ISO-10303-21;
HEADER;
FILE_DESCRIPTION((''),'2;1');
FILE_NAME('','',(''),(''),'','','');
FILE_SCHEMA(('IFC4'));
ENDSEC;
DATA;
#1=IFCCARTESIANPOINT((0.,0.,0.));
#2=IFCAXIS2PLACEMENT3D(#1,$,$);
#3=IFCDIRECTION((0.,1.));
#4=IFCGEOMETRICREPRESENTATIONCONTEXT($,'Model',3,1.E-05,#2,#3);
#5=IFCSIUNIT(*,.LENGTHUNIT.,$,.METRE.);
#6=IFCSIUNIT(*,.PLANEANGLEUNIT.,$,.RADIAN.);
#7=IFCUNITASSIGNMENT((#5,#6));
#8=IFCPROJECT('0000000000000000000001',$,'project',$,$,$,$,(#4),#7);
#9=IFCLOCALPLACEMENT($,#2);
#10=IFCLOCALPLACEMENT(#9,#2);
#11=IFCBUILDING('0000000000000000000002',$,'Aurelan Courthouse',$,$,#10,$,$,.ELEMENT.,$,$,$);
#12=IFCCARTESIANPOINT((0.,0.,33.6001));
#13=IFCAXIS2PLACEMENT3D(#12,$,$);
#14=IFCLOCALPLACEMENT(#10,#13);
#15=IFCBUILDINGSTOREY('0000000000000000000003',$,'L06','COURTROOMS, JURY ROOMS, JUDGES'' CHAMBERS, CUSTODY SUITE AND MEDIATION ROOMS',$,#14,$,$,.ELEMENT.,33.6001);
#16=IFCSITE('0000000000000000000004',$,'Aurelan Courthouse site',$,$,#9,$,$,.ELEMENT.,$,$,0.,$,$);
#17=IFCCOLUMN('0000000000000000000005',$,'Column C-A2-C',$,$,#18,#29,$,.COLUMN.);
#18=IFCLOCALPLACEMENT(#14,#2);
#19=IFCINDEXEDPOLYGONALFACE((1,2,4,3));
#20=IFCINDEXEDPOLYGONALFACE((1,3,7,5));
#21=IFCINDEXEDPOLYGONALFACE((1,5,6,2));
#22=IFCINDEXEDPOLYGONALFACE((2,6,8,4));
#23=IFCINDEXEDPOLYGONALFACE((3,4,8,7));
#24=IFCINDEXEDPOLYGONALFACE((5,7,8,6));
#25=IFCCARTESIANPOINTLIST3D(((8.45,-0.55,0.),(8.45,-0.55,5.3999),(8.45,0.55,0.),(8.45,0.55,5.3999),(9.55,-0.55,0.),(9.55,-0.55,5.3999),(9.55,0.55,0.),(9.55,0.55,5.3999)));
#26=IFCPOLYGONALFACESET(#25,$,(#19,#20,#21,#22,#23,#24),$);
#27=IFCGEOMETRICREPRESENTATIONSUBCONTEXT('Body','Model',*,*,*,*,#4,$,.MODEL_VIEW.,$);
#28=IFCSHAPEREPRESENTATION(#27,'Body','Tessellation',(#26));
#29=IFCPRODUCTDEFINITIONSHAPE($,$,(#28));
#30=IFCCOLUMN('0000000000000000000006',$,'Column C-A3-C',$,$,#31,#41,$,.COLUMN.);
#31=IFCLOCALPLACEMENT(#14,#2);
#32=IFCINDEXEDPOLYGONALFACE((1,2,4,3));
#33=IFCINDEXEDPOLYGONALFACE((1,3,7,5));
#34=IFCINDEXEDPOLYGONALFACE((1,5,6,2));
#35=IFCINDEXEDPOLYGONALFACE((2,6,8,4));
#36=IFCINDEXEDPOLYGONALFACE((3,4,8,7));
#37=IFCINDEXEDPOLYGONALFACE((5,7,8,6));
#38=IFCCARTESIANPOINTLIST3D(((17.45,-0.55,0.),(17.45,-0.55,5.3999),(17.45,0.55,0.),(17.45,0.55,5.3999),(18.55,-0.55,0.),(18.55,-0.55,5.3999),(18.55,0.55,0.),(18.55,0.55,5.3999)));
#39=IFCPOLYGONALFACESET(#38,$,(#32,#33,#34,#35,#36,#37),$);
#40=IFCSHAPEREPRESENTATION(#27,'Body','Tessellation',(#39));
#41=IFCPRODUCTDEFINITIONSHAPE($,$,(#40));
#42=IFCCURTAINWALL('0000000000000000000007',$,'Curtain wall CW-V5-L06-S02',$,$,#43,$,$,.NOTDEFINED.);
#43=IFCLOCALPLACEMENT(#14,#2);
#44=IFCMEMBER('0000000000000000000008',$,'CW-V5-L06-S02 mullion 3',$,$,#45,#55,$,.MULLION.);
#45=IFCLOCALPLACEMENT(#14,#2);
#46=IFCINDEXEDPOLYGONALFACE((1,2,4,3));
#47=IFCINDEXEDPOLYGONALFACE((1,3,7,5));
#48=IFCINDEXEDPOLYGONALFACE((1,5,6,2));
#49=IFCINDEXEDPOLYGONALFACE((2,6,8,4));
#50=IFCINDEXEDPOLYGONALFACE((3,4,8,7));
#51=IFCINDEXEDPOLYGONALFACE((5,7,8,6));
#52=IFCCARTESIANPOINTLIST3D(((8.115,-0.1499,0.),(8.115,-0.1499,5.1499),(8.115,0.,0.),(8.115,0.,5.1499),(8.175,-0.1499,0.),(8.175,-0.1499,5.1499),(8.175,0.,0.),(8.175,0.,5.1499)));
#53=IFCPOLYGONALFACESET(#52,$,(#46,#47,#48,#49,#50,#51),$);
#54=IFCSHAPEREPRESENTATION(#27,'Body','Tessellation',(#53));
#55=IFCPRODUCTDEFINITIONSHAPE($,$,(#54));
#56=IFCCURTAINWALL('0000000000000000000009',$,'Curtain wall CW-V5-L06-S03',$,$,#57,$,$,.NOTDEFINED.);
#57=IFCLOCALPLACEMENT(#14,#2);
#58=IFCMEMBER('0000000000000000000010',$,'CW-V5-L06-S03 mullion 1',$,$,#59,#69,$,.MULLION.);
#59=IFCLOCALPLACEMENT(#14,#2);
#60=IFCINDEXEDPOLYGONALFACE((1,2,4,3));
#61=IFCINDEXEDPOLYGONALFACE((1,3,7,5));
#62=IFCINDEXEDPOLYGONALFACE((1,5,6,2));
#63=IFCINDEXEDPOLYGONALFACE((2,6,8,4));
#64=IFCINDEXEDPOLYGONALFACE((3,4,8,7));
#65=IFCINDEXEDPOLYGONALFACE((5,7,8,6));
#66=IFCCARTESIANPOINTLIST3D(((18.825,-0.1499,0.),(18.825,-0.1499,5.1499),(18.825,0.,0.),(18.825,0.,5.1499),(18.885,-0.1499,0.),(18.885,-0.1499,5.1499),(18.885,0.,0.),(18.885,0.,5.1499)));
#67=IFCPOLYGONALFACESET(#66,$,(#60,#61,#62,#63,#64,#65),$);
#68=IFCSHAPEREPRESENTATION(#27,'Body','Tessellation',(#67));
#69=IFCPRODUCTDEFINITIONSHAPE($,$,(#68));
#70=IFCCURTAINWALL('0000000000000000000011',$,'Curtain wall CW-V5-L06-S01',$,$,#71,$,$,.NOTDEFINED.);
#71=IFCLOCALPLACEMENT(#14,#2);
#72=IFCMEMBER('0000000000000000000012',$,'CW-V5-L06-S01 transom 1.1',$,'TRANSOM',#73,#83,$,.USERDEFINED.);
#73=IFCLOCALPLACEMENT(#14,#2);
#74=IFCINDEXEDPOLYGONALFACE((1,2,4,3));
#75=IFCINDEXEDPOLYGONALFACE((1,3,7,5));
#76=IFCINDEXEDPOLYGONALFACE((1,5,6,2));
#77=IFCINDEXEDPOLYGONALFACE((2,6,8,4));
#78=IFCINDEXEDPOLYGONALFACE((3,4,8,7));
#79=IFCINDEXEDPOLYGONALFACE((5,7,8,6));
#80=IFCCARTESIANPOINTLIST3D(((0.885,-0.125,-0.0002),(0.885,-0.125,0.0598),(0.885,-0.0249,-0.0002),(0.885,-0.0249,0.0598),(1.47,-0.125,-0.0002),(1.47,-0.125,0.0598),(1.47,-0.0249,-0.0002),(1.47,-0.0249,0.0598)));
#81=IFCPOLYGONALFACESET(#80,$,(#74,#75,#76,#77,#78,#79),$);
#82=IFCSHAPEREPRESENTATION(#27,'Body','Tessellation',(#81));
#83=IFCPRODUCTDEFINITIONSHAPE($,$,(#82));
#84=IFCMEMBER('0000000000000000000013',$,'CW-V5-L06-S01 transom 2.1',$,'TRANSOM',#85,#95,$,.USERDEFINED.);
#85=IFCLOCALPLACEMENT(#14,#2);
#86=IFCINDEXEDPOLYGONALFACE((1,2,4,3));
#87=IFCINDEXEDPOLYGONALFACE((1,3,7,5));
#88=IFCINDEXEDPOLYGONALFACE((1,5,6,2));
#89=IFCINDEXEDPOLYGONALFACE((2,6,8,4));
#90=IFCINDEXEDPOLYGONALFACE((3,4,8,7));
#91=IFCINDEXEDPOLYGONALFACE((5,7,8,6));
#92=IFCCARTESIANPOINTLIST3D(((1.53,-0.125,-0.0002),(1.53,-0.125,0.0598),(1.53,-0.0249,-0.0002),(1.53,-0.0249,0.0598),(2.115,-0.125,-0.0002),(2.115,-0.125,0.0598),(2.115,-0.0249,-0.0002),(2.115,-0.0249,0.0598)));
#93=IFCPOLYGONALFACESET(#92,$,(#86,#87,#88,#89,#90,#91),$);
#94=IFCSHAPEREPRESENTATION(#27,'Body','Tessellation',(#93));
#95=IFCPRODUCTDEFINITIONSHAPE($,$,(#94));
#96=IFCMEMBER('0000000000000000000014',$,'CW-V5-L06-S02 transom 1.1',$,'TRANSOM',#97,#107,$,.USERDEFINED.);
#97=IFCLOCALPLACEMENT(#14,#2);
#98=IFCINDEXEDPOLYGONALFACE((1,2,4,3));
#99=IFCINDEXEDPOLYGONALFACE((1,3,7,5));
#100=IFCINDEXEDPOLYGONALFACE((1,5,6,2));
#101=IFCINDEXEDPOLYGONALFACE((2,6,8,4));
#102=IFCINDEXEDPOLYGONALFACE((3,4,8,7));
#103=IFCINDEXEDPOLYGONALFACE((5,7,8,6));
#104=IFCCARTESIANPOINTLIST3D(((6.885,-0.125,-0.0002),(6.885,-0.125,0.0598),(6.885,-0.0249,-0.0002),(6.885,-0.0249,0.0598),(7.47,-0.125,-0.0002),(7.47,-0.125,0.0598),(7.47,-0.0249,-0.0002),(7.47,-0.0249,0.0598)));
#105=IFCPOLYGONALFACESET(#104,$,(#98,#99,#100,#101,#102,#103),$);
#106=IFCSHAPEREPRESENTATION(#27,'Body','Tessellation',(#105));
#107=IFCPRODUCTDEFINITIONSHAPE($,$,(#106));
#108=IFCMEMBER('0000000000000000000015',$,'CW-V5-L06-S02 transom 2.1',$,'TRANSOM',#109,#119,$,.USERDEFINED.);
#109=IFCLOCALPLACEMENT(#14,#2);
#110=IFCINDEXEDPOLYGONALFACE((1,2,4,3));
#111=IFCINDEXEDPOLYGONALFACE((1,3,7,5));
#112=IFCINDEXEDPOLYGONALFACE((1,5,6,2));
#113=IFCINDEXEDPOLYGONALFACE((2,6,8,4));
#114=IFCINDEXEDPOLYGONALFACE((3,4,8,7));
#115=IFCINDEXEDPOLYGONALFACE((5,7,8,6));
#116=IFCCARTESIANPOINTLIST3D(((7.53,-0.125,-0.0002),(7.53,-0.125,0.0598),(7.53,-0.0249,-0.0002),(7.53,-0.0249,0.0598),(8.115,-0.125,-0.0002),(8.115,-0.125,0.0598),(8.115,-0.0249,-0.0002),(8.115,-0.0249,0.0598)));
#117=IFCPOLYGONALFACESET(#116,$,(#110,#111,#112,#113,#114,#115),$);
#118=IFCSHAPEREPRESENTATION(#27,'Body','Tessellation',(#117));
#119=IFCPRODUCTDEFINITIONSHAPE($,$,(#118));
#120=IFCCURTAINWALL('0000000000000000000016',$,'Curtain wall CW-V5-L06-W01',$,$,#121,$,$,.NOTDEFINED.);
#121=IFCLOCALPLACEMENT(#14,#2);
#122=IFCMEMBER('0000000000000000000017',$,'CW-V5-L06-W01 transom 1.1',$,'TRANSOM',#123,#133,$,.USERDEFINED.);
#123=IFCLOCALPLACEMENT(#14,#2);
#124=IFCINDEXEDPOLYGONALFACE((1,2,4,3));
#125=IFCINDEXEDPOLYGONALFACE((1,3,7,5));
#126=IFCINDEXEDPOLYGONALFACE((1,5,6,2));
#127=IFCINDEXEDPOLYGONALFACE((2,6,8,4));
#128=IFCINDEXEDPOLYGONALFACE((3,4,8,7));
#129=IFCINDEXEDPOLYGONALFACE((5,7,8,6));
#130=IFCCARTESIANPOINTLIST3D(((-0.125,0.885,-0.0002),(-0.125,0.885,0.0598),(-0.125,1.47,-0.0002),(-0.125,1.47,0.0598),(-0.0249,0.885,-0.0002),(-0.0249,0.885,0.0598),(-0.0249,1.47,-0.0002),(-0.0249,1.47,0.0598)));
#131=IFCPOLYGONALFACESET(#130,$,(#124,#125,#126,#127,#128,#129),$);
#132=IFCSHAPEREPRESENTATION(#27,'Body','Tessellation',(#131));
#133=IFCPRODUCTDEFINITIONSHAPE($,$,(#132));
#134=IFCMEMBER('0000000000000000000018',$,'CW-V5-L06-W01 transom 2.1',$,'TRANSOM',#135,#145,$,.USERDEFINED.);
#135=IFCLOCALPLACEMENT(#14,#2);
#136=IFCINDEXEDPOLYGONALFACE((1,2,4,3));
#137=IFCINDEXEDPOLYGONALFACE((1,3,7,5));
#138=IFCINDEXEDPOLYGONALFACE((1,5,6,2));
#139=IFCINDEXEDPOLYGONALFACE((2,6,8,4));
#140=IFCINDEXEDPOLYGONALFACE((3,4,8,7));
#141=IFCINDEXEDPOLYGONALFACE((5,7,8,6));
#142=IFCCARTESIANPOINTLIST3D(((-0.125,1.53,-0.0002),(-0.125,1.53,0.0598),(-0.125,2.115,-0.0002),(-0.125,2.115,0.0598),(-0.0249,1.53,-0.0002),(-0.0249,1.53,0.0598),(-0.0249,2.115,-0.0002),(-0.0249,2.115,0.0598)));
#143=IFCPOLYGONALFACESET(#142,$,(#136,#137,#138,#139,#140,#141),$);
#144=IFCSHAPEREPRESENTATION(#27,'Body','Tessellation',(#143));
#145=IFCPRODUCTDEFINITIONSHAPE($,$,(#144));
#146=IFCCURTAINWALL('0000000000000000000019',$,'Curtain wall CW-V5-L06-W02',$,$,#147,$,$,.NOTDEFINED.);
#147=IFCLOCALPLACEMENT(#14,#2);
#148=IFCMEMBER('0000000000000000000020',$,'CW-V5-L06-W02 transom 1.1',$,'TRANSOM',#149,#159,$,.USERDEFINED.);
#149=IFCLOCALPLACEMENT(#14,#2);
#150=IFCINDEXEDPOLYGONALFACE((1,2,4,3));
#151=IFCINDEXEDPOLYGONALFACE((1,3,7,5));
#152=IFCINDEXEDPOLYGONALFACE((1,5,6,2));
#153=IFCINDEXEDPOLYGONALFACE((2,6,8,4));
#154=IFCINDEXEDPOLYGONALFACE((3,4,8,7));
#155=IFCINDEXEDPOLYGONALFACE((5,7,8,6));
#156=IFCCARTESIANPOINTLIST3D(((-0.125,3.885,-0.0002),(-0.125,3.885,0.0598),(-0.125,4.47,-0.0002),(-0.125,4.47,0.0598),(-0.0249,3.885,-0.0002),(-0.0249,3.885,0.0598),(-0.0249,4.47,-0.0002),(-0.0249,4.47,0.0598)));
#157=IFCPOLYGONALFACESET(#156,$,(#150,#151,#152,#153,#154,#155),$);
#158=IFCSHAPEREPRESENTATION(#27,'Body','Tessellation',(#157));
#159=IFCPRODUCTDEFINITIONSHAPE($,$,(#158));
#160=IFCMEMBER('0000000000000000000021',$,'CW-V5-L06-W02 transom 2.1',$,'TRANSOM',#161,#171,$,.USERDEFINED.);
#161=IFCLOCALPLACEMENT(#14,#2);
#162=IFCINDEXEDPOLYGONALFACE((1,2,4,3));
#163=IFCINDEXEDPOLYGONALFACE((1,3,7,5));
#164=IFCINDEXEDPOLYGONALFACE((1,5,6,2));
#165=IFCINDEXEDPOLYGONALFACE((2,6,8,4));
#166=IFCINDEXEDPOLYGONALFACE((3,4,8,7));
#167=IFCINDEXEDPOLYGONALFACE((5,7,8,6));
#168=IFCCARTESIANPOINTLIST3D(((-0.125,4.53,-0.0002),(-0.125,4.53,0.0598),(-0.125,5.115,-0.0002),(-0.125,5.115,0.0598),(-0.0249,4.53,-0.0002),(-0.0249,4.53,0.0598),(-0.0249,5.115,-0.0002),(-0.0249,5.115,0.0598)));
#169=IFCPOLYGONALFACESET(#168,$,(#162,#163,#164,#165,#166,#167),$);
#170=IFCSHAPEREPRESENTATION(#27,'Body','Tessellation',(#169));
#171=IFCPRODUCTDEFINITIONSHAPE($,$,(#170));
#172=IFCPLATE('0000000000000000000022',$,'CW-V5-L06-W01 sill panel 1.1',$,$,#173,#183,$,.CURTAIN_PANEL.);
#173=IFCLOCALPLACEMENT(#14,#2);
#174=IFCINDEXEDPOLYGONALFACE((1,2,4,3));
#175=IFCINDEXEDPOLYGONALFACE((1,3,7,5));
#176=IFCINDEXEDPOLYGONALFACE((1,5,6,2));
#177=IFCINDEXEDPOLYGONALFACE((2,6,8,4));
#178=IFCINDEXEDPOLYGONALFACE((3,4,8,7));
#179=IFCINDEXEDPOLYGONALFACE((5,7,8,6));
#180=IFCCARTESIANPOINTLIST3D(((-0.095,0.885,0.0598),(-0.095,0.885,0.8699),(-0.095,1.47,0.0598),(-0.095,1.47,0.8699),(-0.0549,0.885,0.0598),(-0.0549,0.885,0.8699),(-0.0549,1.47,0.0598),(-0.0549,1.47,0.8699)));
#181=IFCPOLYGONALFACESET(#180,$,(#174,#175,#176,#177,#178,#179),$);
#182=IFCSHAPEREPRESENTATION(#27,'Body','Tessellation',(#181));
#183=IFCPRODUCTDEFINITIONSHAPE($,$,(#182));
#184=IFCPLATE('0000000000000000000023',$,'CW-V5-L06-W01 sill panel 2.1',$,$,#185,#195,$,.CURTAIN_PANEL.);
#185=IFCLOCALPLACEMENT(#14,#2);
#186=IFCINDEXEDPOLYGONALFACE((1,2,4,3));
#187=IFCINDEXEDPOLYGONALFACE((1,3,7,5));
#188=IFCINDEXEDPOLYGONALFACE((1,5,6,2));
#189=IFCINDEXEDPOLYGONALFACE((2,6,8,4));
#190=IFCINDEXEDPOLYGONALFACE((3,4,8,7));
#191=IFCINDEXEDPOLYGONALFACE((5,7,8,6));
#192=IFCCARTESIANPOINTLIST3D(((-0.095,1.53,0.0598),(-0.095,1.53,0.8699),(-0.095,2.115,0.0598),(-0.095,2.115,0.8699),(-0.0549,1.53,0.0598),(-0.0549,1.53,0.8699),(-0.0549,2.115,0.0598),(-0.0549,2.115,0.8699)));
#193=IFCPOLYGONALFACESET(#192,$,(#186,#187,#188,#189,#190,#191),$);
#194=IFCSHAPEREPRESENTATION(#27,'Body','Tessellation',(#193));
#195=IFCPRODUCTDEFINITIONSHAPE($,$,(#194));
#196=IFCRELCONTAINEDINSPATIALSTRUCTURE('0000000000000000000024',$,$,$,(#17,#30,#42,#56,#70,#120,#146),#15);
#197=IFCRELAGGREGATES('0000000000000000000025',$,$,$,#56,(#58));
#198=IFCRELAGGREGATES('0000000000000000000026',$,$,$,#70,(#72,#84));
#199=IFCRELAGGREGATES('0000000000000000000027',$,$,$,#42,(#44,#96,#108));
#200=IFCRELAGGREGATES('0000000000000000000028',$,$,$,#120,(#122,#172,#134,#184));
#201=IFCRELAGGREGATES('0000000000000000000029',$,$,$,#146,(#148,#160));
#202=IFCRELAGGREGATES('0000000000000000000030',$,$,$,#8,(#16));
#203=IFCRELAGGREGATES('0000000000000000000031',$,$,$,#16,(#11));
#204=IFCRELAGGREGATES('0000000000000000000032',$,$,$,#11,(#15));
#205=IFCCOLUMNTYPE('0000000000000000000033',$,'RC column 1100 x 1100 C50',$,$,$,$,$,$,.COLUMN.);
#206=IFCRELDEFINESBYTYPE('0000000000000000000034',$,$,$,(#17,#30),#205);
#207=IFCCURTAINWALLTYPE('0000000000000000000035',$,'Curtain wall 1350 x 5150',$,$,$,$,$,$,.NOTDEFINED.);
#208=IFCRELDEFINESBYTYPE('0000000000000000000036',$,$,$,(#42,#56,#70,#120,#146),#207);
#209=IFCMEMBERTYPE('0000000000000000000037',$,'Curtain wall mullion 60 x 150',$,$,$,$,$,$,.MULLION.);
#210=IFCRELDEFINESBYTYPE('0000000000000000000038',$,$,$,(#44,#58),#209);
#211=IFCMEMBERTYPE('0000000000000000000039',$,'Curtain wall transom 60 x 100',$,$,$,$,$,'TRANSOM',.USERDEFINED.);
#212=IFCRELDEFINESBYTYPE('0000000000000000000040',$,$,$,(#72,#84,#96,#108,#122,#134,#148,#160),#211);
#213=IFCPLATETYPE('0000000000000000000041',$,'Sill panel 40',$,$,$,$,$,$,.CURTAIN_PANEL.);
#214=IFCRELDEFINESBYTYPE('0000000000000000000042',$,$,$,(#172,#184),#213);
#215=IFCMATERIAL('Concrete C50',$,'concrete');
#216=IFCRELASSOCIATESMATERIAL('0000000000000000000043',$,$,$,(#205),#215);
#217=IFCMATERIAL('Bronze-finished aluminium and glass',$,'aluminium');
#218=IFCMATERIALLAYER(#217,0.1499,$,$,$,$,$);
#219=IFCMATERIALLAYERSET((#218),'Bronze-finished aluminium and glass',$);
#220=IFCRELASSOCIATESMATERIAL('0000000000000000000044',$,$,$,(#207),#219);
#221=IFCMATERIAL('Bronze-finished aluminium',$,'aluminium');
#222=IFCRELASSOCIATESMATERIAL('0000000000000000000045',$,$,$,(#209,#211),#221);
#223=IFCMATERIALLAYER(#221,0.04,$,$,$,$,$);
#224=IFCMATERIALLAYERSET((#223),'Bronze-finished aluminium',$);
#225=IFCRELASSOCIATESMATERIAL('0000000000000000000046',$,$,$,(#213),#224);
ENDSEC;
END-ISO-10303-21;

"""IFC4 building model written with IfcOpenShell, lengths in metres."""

from ifc_helpers import new_model, si_unit, direction, frame, origin, origin_2d, place, context, subcontext, project, spatial, rectangle, extrude, material, layer, layer_set, material_profile, profile_set, type_object, element, aggregate, save


model = new_model("IFC4")

# Units and contexts
model_context = context("Model", 3, precision=1e-05, world=origin(), true_north=direction((0.0, 1.0)))
body_context = subcontext(model_context, "Body", "Model", "MODEL_VIEW")
ifc_project = project(units=[si_unit("LENGTHUNIT", "METRE"), si_unit("PLANEANGLEUNIT", "RADIAN")], contexts=[model_context])

# Site, building, storey
site_placement = place(None, origin())
site = spatial("IfcSite", under=ifc_project, at=site_placement, Name="Aurelan Courthouse site", CompositionType="ELEMENT", RefElevation=0.0)
building_placement = place(site_placement, origin())
building = spatial("IfcBuilding", under=site, at=building_placement, Name="Aurelan Courthouse", CompositionType="ELEMENT")
storey_placement = place(building_placement, frame((0.0, 0.0, 33.6001)))
storey = spatial("IfcBuildingStorey", under=building, at=storey_placement, Name="L06", Description="COURTROOMS, JURY ROOMS, JUDGES' CHAMBERS, CUSTODY SUITE AND MEDIATION ROOMS", CompositionType="ELEMENT", Elevation=33.6001)

# Columns
ifc_material_1 = material(Name="Concrete C50", Category="concrete")
ifc_material_profile_1 = material_profile(ifc_material_1, rectangle(XDim=1.1001, YDim=1.1001, at=origin_2d()), Name="RC 1100 x 1100")
ifc_profile_set_1 = profile_set([ifc_material_profile_1], Name="Concrete C50")
column_type = type_object("IfcColumnType", Name="RC column 1100 x 1100 C50", PredefinedType="COLUMN", material=ifc_profile_set_1)
for number, where, z_axis, x_axis, name in (
    (1, (9.0, 0.0, 0.0), (0.0, 0.0, 1.0), (1.0, 0.0, 0.0), "Column C-A2-C"),
    (2, (18.0, 0.0, 0.0), (0.0, 0.0, 1.0), (1.0, 0.0, 0.0), "Column C-A3-C"),
):
    element("IfcColumn", number, at=place(storey_placement, frame(where, z_axis=z_axis, x_axis=x_axis)), inside=storey, type_object=column_type, Name=name, PredefinedType="COLUMN", context=body_context, shape_type="SweptSolid", body=[
        extrude(rectangle(XDim=1.1001, YDim=1.1001, at=origin_2d()), origin(), (0.0, 0.0, 1.0), 5.3999),
    ])

# Curtain walls, members
ifc_material_2 = material(Name="Bronze-finished aluminium and glass", Category="aluminium")
ifc_layer_1 = layer(ifc_material_2, 0.1499)
ifc_layer_set_1 = layer_set([ifc_layer_1], Name="Bronze-finished aluminium and glass")
curtain_wall_type = type_object("IfcCurtainWallType", Name="Curtain wall 1350 x 5150", PredefinedType="NOTDEFINED", material=ifc_layer_set_1)
curtain_wall_1_placement = place(storey_placement, origin())
curtain_wall_1 = element("IfcCurtainWall", 3, at=curtain_wall_1_placement, inside=storey, type_object=curtain_wall_type, Name="Curtain wall CW-V5-L06-S02", PredefinedType="NOTDEFINED")
ifc_material_3 = material(Name="Bronze-finished aluminium", Category="aluminium")
ifc_material_profile_2 = material_profile(ifc_material_3, rectangle(XDim=0.1499, YDim=0.0601, at=origin_2d()), Name="Bronze mullion 60 x 150")
ifc_profile_set_2 = profile_set([ifc_material_profile_2], Name="Bronze-finished aluminium")
member_type_1 = type_object("IfcMemberType", Name="Curtain wall mullion 60 x 150", PredefinedType="MULLION", material=ifc_profile_set_2)
member_1_placement = place(storey_placement, frame((8.145, -0.075, 0.0), z_axis=(0.0, 0.0, 1.0), x_axis=(0.0, 1.0, 0.0)))
member_1 = element("IfcMember", 4, at=member_1_placement, type_object=member_type_1, Name="CW-V5-L06-S02 mullion 3", PredefinedType="MULLION", context=body_context, shape_type="SweptSolid", body=[
    extrude(rectangle(XDim=0.1499, YDim=0.0601, at=origin_2d()), origin(), (0.0, 0.0, 1.0), 5.1499),
])
curtain_wall_2_placement = place(storey_placement, origin())
curtain_wall_2 = element("IfcCurtainWall", 5, at=curtain_wall_2_placement, inside=storey, type_object=curtain_wall_type, Name="Curtain wall CW-V5-L06-S03", PredefinedType="NOTDEFINED")
member_2_placement = place(storey_placement, frame((18.855, -0.075, 0.0), z_axis=(0.0, 0.0, 1.0), x_axis=(0.0, 1.0, 0.0)))
member_2 = element("IfcMember", 6, at=member_2_placement, type_object=member_type_1, Name="CW-V5-L06-S03 mullion 1", PredefinedType="MULLION", context=body_context, shape_type="SweptSolid", body=[
    extrude(rectangle(XDim=0.1499, YDim=0.0601, at=origin_2d()), origin(), (0.0, 0.0, 1.0), 5.1499),
])
aggregate(curtain_wall_2, [member_2])

# Curtain wall, members
curtain_wall_3_placement = place(storey_placement, origin())
curtain_wall_3 = element("IfcCurtainWall", 7, at=curtain_wall_3_placement, inside=storey, type_object=curtain_wall_type, Name="Curtain wall CW-V5-L06-S01", PredefinedType="NOTDEFINED")
ifc_material_profile_3 = material_profile(ifc_material_3, rectangle(XDim=0.1001, YDim=0.0601, at=origin_2d()), Name="Bronze transom 60 x 100")
ifc_profile_set_3 = profile_set([ifc_material_profile_3], Name="Bronze-finished aluminium")
member_type_2 = type_object("IfcMemberType", Name="Curtain wall transom 60 x 100", ElementType="TRANSOM", PredefinedType="USERDEFINED", material=ifc_profile_set_3)
member_3_placement = place(storey_placement, frame((0.885, -0.075, 0.0298), z_axis=(1.0, 0.0, 0.0), x_axis=(0.0, 1.0, 0.0)))
member_3 = element("IfcMember", 8, at=member_3_placement, type_object=member_type_2, Name="CW-V5-L06-S01 transom 1.1", ObjectType="TRANSOM", PredefinedType="USERDEFINED", context=body_context, shape_type="SweptSolid", body=[
    extrude(rectangle(XDim=0.1001, YDim=0.0601, at=origin_2d()), origin(), (0.0, 0.0, 1.0), 0.585),
])
member_4_placement = place(storey_placement, frame((1.53, -0.075, 0.0298), z_axis=(1.0, 0.0, 0.0), x_axis=(0.0, 1.0, 0.0)))
member_4 = element("IfcMember", 9, at=member_4_placement, type_object=member_type_2, Name="CW-V5-L06-S01 transom 2.1", ObjectType="TRANSOM", PredefinedType="USERDEFINED", context=body_context, shape_type="SweptSolid", body=[
    extrude(rectangle(XDim=0.1001, YDim=0.0601, at=origin_2d()), origin(), (0.0, 0.0, 1.0), 0.585),
])
aggregate(curtain_wall_3, [member_3, member_4])

# Members
member_5_placement = place(storey_placement, frame((6.885, -0.075, 0.0298), z_axis=(1.0, 0.0, 0.0), x_axis=(0.0, 1.0, 0.0)))
member_5 = element("IfcMember", 10, at=member_5_placement, type_object=member_type_2, Name="CW-V5-L06-S02 transom 1.1", ObjectType="TRANSOM", PredefinedType="USERDEFINED", context=body_context, shape_type="SweptSolid", body=[
    extrude(rectangle(XDim=0.1001, YDim=0.0601, at=origin_2d()), origin(), (0.0, 0.0, 1.0), 0.585),
])
member_6_placement = place(storey_placement, frame((7.53, -0.075, 0.0298), z_axis=(1.0, 0.0, 0.0), x_axis=(0.0, 1.0, 0.0)))
member_6 = element("IfcMember", 11, at=member_6_placement, type_object=member_type_2, Name="CW-V5-L06-S02 transom 2.1", ObjectType="TRANSOM", PredefinedType="USERDEFINED", context=body_context, shape_type="SweptSolid", body=[
    extrude(rectangle(XDim=0.1001, YDim=0.0601, at=origin_2d()), origin(), (0.0, 0.0, 1.0), 0.585),
])
aggregate(curtain_wall_1, [member_1, member_5, member_6])

# Curtain walls, members
curtain_wall_4_placement = place(storey_placement, origin())
curtain_wall_4 = element("IfcCurtainWall", 12, at=curtain_wall_4_placement, inside=storey, type_object=curtain_wall_type, Name="Curtain wall CW-V5-L06-W01", PredefinedType="NOTDEFINED")
member_7_placement = place(storey_placement, frame((-0.075, 0.885, 0.0298), z_axis=(0.0, 1.0, 0.0), x_axis=(-1.0, 0.0, 0.0)))
member_7 = element("IfcMember", 13, at=member_7_placement, type_object=member_type_2, Name="CW-V5-L06-W01 transom 1.1", ObjectType="TRANSOM", PredefinedType="USERDEFINED", context=body_context, shape_type="SweptSolid", body=[
    extrude(rectangle(XDim=0.1001, YDim=0.0601, at=origin_2d()), origin(), (0.0, 0.0, 1.0), 0.585),
])
member_8_placement = place(storey_placement, frame((-0.075, 1.53, 0.0298), z_axis=(0.0, 1.0, 0.0), x_axis=(-1.0, 0.0, 0.0)))
member_8 = element("IfcMember", 14, at=member_8_placement, type_object=member_type_2, Name="CW-V5-L06-W01 transom 2.1", ObjectType="TRANSOM", PredefinedType="USERDEFINED", context=body_context, shape_type="SweptSolid", body=[
    extrude(rectangle(XDim=0.1001, YDim=0.0601, at=origin_2d()), origin(), (0.0, 0.0, 1.0), 0.585),
])
curtain_wall_5_placement = place(storey_placement, origin())
curtain_wall_5 = element("IfcCurtainWall", 15, at=curtain_wall_5_placement, inside=storey, type_object=curtain_wall_type, Name="Curtain wall CW-V5-L06-W02", PredefinedType="NOTDEFINED")
member_9_placement = place(storey_placement, frame((-0.075, 3.885, 0.0298), z_axis=(0.0, 1.0, 0.0), x_axis=(-1.0, 0.0, 0.0)))
member_9 = element("IfcMember", 16, at=member_9_placement, type_object=member_type_2, Name="CW-V5-L06-W02 transom 1.1", ObjectType="TRANSOM", PredefinedType="USERDEFINED", context=body_context, shape_type="SweptSolid", body=[
    extrude(rectangle(XDim=0.1001, YDim=0.0601, at=origin_2d()), origin(), (0.0, 0.0, 1.0), 0.585),
])
member_10_placement = place(storey_placement, frame((-0.075, 4.53, 0.0298), z_axis=(0.0, 1.0, 0.0), x_axis=(-1.0, 0.0, 0.0)))
member_10 = element("IfcMember", 17, at=member_10_placement, type_object=member_type_2, Name="CW-V5-L06-W02 transom 2.1", ObjectType="TRANSOM", PredefinedType="USERDEFINED", context=body_context, shape_type="SweptSolid", body=[
    extrude(rectangle(XDim=0.1001, YDim=0.0601, at=origin_2d()), origin(), (0.0, 0.0, 1.0), 0.585),
])

# Plates
ifc_layer_2 = layer(ifc_material_3, 0.04)
ifc_layer_set_2 = layer_set([ifc_layer_2], Name="Bronze-finished aluminium")
plate_type = type_object("IfcPlateType", Name="Sill panel 40", PredefinedType="CURTAIN_PANEL", material=ifc_layer_set_2)
plate_1_placement = place(storey_placement, frame((-0.075, 1.1775, 0.0598), z_axis=(0.0, 0.0, 1.0), x_axis=(0.0, 1.0, 0.0)))
plate_1 = element("IfcPlate", 18, at=plate_1_placement, type_object=plate_type, Name="CW-V5-L06-W01 sill panel 1.1", PredefinedType="CURTAIN_PANEL", context=body_context, shape_type="SweptSolid", body=[
    extrude(rectangle(XDim=0.585, YDim=0.04, at=origin_2d()), origin(), (0.0, 0.0, 1.0), 0.8101),
])
plate_2_placement = place(storey_placement, frame((-0.075, 1.8225, 0.0598), z_axis=(0.0, 0.0, 1.0), x_axis=(0.0, 1.0, 0.0)))
plate_2 = element("IfcPlate", 19, at=plate_2_placement, type_object=plate_type, Name="CW-V5-L06-W01 sill panel 2.1", PredefinedType="CURTAIN_PANEL", context=body_context, shape_type="SweptSolid", body=[
    extrude(rectangle(XDim=0.585, YDim=0.04, at=origin_2d()), origin(), (0.0, 0.0, 1.0), 0.8101),
])
aggregate(curtain_wall_4, [member_7, plate_1, member_8, plate_2])
aggregate(curtain_wall_5, [member_9, member_10])

save(model, "model.ifc")
